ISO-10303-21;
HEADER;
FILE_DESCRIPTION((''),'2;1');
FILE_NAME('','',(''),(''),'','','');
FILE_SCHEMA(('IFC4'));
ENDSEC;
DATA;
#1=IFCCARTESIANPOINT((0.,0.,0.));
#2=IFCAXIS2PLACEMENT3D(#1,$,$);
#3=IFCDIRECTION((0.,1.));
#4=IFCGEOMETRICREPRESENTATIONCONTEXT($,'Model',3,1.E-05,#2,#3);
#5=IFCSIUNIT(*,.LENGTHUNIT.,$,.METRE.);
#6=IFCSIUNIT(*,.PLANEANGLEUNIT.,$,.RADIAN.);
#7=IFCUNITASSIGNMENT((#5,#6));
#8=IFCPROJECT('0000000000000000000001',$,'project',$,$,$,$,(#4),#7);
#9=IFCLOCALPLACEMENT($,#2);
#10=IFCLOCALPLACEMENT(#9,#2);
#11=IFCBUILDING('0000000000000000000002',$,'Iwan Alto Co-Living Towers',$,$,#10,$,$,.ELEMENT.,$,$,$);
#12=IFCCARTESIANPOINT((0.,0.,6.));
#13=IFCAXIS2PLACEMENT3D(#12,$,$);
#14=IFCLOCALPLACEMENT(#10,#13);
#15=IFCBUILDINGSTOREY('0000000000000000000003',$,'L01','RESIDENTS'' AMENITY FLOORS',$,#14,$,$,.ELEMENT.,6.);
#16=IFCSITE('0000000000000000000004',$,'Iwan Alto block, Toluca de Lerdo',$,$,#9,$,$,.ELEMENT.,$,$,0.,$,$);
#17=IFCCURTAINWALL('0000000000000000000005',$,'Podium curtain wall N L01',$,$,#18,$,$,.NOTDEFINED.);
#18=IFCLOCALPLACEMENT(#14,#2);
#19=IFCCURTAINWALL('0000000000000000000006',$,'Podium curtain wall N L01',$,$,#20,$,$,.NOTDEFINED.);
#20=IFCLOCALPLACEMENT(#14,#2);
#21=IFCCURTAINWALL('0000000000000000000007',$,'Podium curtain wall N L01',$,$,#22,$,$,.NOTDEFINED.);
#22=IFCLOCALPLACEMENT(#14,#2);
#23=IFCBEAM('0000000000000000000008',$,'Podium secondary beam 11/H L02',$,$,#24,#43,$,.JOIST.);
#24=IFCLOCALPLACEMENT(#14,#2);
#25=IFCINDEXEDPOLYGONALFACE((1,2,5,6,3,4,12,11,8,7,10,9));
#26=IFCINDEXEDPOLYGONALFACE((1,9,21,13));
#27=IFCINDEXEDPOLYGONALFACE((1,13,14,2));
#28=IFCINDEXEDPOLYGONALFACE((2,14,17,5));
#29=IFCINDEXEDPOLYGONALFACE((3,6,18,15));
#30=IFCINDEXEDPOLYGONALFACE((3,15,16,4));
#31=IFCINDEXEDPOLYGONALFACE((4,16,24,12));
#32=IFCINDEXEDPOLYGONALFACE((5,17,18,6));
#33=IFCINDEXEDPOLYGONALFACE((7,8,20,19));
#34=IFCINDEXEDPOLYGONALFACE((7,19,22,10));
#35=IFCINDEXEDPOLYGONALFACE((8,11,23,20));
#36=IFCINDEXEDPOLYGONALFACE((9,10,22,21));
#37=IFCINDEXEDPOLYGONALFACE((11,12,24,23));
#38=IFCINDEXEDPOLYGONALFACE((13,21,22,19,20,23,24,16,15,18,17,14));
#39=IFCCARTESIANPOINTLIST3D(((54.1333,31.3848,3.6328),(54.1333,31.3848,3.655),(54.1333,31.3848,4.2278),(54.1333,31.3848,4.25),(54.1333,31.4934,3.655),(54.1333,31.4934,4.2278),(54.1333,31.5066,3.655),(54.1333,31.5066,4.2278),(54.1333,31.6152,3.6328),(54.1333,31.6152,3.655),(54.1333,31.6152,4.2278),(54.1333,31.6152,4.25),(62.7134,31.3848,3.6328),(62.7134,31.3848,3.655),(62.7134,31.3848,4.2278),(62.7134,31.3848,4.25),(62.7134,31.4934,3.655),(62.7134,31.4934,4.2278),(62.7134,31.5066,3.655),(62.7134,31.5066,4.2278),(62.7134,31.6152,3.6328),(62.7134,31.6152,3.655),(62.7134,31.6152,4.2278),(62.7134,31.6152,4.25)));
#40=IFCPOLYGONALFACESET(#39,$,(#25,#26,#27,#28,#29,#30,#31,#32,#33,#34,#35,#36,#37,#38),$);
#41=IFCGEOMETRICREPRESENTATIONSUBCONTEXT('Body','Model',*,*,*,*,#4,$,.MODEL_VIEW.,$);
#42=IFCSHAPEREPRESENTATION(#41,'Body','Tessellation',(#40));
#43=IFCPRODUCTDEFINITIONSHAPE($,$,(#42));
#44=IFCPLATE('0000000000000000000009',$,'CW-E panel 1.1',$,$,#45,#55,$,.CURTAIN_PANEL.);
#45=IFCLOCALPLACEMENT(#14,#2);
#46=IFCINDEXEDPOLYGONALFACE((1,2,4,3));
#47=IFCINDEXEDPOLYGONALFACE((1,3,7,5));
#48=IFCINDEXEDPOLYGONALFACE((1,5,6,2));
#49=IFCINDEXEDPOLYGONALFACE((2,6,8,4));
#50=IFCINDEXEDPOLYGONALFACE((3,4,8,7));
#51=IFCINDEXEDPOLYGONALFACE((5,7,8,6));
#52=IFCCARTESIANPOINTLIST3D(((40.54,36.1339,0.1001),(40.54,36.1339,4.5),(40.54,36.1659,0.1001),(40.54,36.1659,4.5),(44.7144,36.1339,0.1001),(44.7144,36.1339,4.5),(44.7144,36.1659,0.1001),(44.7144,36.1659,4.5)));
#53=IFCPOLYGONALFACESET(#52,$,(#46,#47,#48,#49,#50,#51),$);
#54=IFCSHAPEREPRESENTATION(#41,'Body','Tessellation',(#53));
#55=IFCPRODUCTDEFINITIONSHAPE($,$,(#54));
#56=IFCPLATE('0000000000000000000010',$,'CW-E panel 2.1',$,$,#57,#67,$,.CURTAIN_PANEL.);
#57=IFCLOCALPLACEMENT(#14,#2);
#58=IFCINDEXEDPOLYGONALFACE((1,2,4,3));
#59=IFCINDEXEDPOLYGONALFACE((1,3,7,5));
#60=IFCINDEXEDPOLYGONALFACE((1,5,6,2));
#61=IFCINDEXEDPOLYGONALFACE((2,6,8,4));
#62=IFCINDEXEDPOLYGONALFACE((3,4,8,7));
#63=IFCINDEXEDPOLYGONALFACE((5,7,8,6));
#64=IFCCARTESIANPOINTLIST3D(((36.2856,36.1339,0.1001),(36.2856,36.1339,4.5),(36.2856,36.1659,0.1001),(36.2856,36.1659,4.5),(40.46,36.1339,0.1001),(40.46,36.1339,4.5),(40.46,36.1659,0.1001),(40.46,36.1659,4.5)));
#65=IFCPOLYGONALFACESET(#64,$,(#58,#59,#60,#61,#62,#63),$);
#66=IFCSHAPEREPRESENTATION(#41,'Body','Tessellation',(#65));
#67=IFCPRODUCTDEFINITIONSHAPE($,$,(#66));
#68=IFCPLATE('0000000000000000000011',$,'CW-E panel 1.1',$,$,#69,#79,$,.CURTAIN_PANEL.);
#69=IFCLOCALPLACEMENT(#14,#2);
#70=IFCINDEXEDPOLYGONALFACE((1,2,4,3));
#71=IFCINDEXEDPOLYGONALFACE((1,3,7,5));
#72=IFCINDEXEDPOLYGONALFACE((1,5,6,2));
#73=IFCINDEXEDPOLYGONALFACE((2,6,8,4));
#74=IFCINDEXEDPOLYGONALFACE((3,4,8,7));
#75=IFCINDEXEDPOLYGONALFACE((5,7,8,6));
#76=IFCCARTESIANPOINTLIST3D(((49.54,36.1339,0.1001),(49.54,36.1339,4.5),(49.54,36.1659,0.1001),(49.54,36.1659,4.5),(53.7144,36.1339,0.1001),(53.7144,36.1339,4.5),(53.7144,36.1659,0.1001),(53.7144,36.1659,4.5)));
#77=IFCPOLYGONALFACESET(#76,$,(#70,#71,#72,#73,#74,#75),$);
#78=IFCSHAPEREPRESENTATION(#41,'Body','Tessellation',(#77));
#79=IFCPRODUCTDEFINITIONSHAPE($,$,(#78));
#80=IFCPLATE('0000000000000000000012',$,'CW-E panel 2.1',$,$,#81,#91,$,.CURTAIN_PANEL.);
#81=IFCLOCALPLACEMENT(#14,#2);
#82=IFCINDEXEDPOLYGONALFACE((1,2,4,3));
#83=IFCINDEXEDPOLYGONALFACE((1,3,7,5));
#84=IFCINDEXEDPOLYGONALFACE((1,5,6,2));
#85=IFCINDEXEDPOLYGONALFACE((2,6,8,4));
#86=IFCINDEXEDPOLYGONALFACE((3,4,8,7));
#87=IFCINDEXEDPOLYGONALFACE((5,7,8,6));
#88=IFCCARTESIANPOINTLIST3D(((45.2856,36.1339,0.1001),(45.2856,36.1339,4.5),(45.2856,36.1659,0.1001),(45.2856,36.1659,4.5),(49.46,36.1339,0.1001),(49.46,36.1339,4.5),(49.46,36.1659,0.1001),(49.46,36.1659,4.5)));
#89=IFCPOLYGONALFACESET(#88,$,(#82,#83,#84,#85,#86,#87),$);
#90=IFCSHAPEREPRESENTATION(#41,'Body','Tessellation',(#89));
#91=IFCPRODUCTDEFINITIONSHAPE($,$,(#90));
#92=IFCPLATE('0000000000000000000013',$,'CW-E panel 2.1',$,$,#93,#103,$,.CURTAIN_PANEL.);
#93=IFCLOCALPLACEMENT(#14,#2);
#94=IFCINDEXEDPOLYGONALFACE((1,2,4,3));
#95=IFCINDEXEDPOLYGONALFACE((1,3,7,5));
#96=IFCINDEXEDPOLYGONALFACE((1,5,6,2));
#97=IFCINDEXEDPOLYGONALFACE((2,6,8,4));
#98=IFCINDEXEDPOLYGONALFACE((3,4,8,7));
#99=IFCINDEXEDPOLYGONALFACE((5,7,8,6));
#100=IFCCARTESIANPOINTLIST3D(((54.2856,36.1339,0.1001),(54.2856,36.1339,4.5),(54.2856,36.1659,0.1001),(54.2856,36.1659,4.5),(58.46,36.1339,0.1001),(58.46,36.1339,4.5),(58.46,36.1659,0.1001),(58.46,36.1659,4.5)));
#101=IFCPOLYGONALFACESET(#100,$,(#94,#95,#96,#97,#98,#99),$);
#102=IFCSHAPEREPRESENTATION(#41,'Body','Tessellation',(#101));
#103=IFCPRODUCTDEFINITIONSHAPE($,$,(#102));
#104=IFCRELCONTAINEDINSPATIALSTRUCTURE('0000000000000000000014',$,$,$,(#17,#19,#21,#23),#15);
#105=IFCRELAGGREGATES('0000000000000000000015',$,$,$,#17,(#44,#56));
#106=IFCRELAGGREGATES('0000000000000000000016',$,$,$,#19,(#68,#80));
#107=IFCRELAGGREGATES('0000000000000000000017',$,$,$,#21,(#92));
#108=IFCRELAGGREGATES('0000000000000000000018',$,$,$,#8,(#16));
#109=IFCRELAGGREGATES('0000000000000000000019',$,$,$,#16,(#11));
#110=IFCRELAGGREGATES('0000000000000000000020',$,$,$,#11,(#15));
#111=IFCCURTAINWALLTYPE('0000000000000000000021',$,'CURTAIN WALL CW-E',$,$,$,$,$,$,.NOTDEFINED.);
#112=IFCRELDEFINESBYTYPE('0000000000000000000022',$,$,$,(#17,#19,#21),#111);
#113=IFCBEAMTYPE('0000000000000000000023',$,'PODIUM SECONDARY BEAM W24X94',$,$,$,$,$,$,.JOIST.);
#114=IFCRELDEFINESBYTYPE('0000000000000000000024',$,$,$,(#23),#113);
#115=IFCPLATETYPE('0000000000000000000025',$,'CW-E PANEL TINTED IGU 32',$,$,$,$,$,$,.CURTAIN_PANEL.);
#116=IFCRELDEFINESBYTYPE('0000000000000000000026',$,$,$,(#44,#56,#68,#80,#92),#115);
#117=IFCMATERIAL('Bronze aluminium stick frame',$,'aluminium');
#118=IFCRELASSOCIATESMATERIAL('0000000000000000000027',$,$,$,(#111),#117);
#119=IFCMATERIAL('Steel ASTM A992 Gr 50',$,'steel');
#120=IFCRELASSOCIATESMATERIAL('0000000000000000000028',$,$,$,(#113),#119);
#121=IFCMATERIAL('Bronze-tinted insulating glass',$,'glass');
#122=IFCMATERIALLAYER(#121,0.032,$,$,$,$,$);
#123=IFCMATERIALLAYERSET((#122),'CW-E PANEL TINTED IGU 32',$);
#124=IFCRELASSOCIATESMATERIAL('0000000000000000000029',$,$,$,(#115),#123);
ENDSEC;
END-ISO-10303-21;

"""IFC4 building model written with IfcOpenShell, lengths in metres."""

from ifc_helpers import new_model, si_unit, direction, frame, origin, origin_2d, place, context, subcontext, project, spatial, rectangle, i_section, extrude, material, layer, layer_set, material_profile, profile_set, type_object, element, aggregate, save


model = new_model("IFC4")

# Units and contexts
model_context = context("Model", 3, precision=1e-05, world=origin(), true_north=direction((0.0, 1.0)))
body_context = subcontext(model_context, "Body", "Model", "MODEL_VIEW")
ifc_project = project(units=[si_unit("LENGTHUNIT", "METRE"), si_unit("PLANEANGLEUNIT", "RADIAN")], contexts=[model_context])

# Site, building, storey
site_placement = place(None, origin())
site = spatial("IfcSite", under=ifc_project, at=site_placement, Name="Iwan Alto block, Toluca de Lerdo", CompositionType="ELEMENT", RefElevation=0.0)
building_placement = place(site_placement, origin())
building = spatial("IfcBuilding", under=site, at=building_placement, Name="Iwan Alto Co-Living Towers", CompositionType="ELEMENT")
storey_placement = place(building_placement, frame((0.0, 0.0, 6.0)))
storey = spatial("IfcBuildingStorey", under=building, at=storey_placement, Name="L01", Description="RESIDENTS' AMENITY FLOORS", CompositionType="ELEMENT", Elevation=6.0)

# Curtain walls
ifc_material_1 = material(Name="Bronze aluminium stick frame", Category="aluminium")
curtain_wall_type = type_object("IfcCurtainWallType", Name="CURTAIN WALL CW-E", PredefinedType="NOTDEFINED", material=ifc_material_1)
curtain_wall_1_placement = place(storey_placement, origin())
curtain_wall_1 = element("IfcCurtainWall", 1, at=curtain_wall_1_placement, inside=storey, type_object=curtain_wall_type, Name="Podium curtain wall N L01", PredefinedType="NOTDEFINED")
curtain_wall_2_placement = place(storey_placement, origin())
curtain_wall_2 = element("IfcCurtainWall", 2, at=curtain_wall_2_placement, inside=storey, type_object=curtain_wall_type, Name="Podium curtain wall N L01", PredefinedType="NOTDEFINED")

# Curtain wall
curtain_wall_3_placement = place(storey_placement, origin())
curtain_wall_3 = element("IfcCurtainWall", 3, at=curtain_wall_3_placement, inside=storey, type_object=curtain_wall_type, Name="Podium curtain wall N L01", PredefinedType="NOTDEFINED")

# Beam
ifc_material_2 = material(Name="Steel ASTM A992 Gr 50", Category="steel")
ifc_material_profile_1 = material_profile(ifc_material_2, i_section(OverallWidth=0.2305, OverallDepth=0.6172, WebThickness=0.0132, FlangeThickness=0.0222, at=origin_2d()), Name="W24X94")
ifc_profile_set_1 = profile_set([ifc_material_profile_1], Name="Steel ASTM A992 Gr 50")
beam_type_1 = type_object("IfcBeamType", Name="PODIUM SECONDARY BEAM W24X94", PredefinedType="JOIST", material=ifc_profile_set_1)
beam_1_placement = place(storey_placement, frame((54.1333, 31.5, 3.9414), z_axis=(1.0, 0.0, 0.0), x_axis=(0.0, 1.0, 0.0)))
element("IfcBeam", 4, at=beam_1_placement, inside=storey, type_object=beam_type_1, Name="Podium secondary beam 11/H L02", PredefinedType="JOIST", context=body_context, shape_type="SweptSolid", body=[
    extrude(i_section(OverallWidth=0.2305, OverallDepth=0.6172, WebThickness=0.0132, FlangeThickness=0.0222, at=origin_2d()), origin(), (0.0, 0.0, 1.0), 8.5801),
])

# Plates
ifc_material_3 = material(Name="Bronze-tinted insulating glass", Category="glass")
ifc_layer = layer(ifc_material_3, 0.032)
ifc_layer_set = layer_set([ifc_layer], Name="CW-E PANEL TINTED IGU 32")
plate_type = type_object("IfcPlateType", Name="CW-E PANEL TINTED IGU 32", PredefinedType="CURTAIN_PANEL", material=ifc_layer_set)
plate_1_placement = place(storey_placement, frame((42.6272, 36.1499, 0.1001), z_axis=(0.0, 0.0, 1.0), x_axis=(-1.0, 0.0, 0.0)))
plate_1 = element("IfcPlate", 5, at=plate_1_placement, type_object=plate_type, Name="CW-E panel 1.1", PredefinedType="CURTAIN_PANEL", context=body_context, shape_type="SweptSolid", body=[
    extrude(rectangle(XDim=4.1743, YDim=0.032, at=origin_2d()), origin(), (0.0, 0.0, 1.0), 4.3999),
])
plate_2_placement = place(storey_placement, frame((38.3728, 36.1499, 0.1001), z_axis=(0.0, 0.0, 1.0), x_axis=(-1.0, 0.0, 0.0)))
plate_2 = element("IfcPlate", 6, at=plate_2_placement, type_object=plate_type, Name="CW-E panel 2.1", PredefinedType="CURTAIN_PANEL", context=body_context, shape_type="SweptSolid", body=[
    extrude(rectangle(XDim=4.1743, YDim=0.032, at=origin_2d()), origin(), (0.0, 0.0, 1.0), 4.3999),
])
aggregate(curtain_wall_1, [plate_1, plate_2])
plate_3_placement = place(storey_placement, frame((51.6272, 36.1499, 0.1001), z_axis=(0.0, 0.0, 1.0), x_axis=(-1.0, 0.0, 0.0)))
plate_3 = element("IfcPlate", 7, at=plate_3_placement, type_object=plate_type, Name="CW-E panel 1.1", PredefinedType="CURTAIN_PANEL", context=body_context, shape_type="SweptSolid", body=[
    extrude(rectangle(XDim=4.1743, YDim=0.032, at=origin_2d()), origin(), (0.0, 0.0, 1.0), 4.3999),
])
plate_4_placement = place(storey_placement, frame((47.3728, 36.1499, 0.1001), z_axis=(0.0, 0.0, 1.0), x_axis=(-1.0, 0.0, 0.0)))
plate_4 = element("IfcPlate", 8, at=plate_4_placement, type_object=plate_type, Name="CW-E panel 2.1", PredefinedType="CURTAIN_PANEL", context=body_context, shape_type="SweptSolid", body=[
    extrude(rectangle(XDim=4.1743, YDim=0.032, at=origin_2d()), origin(), (0.0, 0.0, 1.0), 4.3999),
])
aggregate(curtain_wall_2, [plate_3, plate_4])
plate_5_placement = place(storey_placement, frame((56.3728, 36.1499, 0.1001), z_axis=(0.0, 0.0, 1.0), x_axis=(-1.0, 0.0, 0.0)))
plate_5 = element("IfcPlate", 9, at=plate_5_placement, type_object=plate_type, Name="CW-E panel 2.1", PredefinedType="CURTAIN_PANEL", context=body_context, shape_type="SweptSolid", body=[
    extrude(rectangle(XDim=4.1743, YDim=0.032, at=origin_2d()), origin(), (0.0, 0.0, 1.0), 4.3999),
])
aggregate(curtain_wall_3, [plate_5])

save(model, "model.ifc")
